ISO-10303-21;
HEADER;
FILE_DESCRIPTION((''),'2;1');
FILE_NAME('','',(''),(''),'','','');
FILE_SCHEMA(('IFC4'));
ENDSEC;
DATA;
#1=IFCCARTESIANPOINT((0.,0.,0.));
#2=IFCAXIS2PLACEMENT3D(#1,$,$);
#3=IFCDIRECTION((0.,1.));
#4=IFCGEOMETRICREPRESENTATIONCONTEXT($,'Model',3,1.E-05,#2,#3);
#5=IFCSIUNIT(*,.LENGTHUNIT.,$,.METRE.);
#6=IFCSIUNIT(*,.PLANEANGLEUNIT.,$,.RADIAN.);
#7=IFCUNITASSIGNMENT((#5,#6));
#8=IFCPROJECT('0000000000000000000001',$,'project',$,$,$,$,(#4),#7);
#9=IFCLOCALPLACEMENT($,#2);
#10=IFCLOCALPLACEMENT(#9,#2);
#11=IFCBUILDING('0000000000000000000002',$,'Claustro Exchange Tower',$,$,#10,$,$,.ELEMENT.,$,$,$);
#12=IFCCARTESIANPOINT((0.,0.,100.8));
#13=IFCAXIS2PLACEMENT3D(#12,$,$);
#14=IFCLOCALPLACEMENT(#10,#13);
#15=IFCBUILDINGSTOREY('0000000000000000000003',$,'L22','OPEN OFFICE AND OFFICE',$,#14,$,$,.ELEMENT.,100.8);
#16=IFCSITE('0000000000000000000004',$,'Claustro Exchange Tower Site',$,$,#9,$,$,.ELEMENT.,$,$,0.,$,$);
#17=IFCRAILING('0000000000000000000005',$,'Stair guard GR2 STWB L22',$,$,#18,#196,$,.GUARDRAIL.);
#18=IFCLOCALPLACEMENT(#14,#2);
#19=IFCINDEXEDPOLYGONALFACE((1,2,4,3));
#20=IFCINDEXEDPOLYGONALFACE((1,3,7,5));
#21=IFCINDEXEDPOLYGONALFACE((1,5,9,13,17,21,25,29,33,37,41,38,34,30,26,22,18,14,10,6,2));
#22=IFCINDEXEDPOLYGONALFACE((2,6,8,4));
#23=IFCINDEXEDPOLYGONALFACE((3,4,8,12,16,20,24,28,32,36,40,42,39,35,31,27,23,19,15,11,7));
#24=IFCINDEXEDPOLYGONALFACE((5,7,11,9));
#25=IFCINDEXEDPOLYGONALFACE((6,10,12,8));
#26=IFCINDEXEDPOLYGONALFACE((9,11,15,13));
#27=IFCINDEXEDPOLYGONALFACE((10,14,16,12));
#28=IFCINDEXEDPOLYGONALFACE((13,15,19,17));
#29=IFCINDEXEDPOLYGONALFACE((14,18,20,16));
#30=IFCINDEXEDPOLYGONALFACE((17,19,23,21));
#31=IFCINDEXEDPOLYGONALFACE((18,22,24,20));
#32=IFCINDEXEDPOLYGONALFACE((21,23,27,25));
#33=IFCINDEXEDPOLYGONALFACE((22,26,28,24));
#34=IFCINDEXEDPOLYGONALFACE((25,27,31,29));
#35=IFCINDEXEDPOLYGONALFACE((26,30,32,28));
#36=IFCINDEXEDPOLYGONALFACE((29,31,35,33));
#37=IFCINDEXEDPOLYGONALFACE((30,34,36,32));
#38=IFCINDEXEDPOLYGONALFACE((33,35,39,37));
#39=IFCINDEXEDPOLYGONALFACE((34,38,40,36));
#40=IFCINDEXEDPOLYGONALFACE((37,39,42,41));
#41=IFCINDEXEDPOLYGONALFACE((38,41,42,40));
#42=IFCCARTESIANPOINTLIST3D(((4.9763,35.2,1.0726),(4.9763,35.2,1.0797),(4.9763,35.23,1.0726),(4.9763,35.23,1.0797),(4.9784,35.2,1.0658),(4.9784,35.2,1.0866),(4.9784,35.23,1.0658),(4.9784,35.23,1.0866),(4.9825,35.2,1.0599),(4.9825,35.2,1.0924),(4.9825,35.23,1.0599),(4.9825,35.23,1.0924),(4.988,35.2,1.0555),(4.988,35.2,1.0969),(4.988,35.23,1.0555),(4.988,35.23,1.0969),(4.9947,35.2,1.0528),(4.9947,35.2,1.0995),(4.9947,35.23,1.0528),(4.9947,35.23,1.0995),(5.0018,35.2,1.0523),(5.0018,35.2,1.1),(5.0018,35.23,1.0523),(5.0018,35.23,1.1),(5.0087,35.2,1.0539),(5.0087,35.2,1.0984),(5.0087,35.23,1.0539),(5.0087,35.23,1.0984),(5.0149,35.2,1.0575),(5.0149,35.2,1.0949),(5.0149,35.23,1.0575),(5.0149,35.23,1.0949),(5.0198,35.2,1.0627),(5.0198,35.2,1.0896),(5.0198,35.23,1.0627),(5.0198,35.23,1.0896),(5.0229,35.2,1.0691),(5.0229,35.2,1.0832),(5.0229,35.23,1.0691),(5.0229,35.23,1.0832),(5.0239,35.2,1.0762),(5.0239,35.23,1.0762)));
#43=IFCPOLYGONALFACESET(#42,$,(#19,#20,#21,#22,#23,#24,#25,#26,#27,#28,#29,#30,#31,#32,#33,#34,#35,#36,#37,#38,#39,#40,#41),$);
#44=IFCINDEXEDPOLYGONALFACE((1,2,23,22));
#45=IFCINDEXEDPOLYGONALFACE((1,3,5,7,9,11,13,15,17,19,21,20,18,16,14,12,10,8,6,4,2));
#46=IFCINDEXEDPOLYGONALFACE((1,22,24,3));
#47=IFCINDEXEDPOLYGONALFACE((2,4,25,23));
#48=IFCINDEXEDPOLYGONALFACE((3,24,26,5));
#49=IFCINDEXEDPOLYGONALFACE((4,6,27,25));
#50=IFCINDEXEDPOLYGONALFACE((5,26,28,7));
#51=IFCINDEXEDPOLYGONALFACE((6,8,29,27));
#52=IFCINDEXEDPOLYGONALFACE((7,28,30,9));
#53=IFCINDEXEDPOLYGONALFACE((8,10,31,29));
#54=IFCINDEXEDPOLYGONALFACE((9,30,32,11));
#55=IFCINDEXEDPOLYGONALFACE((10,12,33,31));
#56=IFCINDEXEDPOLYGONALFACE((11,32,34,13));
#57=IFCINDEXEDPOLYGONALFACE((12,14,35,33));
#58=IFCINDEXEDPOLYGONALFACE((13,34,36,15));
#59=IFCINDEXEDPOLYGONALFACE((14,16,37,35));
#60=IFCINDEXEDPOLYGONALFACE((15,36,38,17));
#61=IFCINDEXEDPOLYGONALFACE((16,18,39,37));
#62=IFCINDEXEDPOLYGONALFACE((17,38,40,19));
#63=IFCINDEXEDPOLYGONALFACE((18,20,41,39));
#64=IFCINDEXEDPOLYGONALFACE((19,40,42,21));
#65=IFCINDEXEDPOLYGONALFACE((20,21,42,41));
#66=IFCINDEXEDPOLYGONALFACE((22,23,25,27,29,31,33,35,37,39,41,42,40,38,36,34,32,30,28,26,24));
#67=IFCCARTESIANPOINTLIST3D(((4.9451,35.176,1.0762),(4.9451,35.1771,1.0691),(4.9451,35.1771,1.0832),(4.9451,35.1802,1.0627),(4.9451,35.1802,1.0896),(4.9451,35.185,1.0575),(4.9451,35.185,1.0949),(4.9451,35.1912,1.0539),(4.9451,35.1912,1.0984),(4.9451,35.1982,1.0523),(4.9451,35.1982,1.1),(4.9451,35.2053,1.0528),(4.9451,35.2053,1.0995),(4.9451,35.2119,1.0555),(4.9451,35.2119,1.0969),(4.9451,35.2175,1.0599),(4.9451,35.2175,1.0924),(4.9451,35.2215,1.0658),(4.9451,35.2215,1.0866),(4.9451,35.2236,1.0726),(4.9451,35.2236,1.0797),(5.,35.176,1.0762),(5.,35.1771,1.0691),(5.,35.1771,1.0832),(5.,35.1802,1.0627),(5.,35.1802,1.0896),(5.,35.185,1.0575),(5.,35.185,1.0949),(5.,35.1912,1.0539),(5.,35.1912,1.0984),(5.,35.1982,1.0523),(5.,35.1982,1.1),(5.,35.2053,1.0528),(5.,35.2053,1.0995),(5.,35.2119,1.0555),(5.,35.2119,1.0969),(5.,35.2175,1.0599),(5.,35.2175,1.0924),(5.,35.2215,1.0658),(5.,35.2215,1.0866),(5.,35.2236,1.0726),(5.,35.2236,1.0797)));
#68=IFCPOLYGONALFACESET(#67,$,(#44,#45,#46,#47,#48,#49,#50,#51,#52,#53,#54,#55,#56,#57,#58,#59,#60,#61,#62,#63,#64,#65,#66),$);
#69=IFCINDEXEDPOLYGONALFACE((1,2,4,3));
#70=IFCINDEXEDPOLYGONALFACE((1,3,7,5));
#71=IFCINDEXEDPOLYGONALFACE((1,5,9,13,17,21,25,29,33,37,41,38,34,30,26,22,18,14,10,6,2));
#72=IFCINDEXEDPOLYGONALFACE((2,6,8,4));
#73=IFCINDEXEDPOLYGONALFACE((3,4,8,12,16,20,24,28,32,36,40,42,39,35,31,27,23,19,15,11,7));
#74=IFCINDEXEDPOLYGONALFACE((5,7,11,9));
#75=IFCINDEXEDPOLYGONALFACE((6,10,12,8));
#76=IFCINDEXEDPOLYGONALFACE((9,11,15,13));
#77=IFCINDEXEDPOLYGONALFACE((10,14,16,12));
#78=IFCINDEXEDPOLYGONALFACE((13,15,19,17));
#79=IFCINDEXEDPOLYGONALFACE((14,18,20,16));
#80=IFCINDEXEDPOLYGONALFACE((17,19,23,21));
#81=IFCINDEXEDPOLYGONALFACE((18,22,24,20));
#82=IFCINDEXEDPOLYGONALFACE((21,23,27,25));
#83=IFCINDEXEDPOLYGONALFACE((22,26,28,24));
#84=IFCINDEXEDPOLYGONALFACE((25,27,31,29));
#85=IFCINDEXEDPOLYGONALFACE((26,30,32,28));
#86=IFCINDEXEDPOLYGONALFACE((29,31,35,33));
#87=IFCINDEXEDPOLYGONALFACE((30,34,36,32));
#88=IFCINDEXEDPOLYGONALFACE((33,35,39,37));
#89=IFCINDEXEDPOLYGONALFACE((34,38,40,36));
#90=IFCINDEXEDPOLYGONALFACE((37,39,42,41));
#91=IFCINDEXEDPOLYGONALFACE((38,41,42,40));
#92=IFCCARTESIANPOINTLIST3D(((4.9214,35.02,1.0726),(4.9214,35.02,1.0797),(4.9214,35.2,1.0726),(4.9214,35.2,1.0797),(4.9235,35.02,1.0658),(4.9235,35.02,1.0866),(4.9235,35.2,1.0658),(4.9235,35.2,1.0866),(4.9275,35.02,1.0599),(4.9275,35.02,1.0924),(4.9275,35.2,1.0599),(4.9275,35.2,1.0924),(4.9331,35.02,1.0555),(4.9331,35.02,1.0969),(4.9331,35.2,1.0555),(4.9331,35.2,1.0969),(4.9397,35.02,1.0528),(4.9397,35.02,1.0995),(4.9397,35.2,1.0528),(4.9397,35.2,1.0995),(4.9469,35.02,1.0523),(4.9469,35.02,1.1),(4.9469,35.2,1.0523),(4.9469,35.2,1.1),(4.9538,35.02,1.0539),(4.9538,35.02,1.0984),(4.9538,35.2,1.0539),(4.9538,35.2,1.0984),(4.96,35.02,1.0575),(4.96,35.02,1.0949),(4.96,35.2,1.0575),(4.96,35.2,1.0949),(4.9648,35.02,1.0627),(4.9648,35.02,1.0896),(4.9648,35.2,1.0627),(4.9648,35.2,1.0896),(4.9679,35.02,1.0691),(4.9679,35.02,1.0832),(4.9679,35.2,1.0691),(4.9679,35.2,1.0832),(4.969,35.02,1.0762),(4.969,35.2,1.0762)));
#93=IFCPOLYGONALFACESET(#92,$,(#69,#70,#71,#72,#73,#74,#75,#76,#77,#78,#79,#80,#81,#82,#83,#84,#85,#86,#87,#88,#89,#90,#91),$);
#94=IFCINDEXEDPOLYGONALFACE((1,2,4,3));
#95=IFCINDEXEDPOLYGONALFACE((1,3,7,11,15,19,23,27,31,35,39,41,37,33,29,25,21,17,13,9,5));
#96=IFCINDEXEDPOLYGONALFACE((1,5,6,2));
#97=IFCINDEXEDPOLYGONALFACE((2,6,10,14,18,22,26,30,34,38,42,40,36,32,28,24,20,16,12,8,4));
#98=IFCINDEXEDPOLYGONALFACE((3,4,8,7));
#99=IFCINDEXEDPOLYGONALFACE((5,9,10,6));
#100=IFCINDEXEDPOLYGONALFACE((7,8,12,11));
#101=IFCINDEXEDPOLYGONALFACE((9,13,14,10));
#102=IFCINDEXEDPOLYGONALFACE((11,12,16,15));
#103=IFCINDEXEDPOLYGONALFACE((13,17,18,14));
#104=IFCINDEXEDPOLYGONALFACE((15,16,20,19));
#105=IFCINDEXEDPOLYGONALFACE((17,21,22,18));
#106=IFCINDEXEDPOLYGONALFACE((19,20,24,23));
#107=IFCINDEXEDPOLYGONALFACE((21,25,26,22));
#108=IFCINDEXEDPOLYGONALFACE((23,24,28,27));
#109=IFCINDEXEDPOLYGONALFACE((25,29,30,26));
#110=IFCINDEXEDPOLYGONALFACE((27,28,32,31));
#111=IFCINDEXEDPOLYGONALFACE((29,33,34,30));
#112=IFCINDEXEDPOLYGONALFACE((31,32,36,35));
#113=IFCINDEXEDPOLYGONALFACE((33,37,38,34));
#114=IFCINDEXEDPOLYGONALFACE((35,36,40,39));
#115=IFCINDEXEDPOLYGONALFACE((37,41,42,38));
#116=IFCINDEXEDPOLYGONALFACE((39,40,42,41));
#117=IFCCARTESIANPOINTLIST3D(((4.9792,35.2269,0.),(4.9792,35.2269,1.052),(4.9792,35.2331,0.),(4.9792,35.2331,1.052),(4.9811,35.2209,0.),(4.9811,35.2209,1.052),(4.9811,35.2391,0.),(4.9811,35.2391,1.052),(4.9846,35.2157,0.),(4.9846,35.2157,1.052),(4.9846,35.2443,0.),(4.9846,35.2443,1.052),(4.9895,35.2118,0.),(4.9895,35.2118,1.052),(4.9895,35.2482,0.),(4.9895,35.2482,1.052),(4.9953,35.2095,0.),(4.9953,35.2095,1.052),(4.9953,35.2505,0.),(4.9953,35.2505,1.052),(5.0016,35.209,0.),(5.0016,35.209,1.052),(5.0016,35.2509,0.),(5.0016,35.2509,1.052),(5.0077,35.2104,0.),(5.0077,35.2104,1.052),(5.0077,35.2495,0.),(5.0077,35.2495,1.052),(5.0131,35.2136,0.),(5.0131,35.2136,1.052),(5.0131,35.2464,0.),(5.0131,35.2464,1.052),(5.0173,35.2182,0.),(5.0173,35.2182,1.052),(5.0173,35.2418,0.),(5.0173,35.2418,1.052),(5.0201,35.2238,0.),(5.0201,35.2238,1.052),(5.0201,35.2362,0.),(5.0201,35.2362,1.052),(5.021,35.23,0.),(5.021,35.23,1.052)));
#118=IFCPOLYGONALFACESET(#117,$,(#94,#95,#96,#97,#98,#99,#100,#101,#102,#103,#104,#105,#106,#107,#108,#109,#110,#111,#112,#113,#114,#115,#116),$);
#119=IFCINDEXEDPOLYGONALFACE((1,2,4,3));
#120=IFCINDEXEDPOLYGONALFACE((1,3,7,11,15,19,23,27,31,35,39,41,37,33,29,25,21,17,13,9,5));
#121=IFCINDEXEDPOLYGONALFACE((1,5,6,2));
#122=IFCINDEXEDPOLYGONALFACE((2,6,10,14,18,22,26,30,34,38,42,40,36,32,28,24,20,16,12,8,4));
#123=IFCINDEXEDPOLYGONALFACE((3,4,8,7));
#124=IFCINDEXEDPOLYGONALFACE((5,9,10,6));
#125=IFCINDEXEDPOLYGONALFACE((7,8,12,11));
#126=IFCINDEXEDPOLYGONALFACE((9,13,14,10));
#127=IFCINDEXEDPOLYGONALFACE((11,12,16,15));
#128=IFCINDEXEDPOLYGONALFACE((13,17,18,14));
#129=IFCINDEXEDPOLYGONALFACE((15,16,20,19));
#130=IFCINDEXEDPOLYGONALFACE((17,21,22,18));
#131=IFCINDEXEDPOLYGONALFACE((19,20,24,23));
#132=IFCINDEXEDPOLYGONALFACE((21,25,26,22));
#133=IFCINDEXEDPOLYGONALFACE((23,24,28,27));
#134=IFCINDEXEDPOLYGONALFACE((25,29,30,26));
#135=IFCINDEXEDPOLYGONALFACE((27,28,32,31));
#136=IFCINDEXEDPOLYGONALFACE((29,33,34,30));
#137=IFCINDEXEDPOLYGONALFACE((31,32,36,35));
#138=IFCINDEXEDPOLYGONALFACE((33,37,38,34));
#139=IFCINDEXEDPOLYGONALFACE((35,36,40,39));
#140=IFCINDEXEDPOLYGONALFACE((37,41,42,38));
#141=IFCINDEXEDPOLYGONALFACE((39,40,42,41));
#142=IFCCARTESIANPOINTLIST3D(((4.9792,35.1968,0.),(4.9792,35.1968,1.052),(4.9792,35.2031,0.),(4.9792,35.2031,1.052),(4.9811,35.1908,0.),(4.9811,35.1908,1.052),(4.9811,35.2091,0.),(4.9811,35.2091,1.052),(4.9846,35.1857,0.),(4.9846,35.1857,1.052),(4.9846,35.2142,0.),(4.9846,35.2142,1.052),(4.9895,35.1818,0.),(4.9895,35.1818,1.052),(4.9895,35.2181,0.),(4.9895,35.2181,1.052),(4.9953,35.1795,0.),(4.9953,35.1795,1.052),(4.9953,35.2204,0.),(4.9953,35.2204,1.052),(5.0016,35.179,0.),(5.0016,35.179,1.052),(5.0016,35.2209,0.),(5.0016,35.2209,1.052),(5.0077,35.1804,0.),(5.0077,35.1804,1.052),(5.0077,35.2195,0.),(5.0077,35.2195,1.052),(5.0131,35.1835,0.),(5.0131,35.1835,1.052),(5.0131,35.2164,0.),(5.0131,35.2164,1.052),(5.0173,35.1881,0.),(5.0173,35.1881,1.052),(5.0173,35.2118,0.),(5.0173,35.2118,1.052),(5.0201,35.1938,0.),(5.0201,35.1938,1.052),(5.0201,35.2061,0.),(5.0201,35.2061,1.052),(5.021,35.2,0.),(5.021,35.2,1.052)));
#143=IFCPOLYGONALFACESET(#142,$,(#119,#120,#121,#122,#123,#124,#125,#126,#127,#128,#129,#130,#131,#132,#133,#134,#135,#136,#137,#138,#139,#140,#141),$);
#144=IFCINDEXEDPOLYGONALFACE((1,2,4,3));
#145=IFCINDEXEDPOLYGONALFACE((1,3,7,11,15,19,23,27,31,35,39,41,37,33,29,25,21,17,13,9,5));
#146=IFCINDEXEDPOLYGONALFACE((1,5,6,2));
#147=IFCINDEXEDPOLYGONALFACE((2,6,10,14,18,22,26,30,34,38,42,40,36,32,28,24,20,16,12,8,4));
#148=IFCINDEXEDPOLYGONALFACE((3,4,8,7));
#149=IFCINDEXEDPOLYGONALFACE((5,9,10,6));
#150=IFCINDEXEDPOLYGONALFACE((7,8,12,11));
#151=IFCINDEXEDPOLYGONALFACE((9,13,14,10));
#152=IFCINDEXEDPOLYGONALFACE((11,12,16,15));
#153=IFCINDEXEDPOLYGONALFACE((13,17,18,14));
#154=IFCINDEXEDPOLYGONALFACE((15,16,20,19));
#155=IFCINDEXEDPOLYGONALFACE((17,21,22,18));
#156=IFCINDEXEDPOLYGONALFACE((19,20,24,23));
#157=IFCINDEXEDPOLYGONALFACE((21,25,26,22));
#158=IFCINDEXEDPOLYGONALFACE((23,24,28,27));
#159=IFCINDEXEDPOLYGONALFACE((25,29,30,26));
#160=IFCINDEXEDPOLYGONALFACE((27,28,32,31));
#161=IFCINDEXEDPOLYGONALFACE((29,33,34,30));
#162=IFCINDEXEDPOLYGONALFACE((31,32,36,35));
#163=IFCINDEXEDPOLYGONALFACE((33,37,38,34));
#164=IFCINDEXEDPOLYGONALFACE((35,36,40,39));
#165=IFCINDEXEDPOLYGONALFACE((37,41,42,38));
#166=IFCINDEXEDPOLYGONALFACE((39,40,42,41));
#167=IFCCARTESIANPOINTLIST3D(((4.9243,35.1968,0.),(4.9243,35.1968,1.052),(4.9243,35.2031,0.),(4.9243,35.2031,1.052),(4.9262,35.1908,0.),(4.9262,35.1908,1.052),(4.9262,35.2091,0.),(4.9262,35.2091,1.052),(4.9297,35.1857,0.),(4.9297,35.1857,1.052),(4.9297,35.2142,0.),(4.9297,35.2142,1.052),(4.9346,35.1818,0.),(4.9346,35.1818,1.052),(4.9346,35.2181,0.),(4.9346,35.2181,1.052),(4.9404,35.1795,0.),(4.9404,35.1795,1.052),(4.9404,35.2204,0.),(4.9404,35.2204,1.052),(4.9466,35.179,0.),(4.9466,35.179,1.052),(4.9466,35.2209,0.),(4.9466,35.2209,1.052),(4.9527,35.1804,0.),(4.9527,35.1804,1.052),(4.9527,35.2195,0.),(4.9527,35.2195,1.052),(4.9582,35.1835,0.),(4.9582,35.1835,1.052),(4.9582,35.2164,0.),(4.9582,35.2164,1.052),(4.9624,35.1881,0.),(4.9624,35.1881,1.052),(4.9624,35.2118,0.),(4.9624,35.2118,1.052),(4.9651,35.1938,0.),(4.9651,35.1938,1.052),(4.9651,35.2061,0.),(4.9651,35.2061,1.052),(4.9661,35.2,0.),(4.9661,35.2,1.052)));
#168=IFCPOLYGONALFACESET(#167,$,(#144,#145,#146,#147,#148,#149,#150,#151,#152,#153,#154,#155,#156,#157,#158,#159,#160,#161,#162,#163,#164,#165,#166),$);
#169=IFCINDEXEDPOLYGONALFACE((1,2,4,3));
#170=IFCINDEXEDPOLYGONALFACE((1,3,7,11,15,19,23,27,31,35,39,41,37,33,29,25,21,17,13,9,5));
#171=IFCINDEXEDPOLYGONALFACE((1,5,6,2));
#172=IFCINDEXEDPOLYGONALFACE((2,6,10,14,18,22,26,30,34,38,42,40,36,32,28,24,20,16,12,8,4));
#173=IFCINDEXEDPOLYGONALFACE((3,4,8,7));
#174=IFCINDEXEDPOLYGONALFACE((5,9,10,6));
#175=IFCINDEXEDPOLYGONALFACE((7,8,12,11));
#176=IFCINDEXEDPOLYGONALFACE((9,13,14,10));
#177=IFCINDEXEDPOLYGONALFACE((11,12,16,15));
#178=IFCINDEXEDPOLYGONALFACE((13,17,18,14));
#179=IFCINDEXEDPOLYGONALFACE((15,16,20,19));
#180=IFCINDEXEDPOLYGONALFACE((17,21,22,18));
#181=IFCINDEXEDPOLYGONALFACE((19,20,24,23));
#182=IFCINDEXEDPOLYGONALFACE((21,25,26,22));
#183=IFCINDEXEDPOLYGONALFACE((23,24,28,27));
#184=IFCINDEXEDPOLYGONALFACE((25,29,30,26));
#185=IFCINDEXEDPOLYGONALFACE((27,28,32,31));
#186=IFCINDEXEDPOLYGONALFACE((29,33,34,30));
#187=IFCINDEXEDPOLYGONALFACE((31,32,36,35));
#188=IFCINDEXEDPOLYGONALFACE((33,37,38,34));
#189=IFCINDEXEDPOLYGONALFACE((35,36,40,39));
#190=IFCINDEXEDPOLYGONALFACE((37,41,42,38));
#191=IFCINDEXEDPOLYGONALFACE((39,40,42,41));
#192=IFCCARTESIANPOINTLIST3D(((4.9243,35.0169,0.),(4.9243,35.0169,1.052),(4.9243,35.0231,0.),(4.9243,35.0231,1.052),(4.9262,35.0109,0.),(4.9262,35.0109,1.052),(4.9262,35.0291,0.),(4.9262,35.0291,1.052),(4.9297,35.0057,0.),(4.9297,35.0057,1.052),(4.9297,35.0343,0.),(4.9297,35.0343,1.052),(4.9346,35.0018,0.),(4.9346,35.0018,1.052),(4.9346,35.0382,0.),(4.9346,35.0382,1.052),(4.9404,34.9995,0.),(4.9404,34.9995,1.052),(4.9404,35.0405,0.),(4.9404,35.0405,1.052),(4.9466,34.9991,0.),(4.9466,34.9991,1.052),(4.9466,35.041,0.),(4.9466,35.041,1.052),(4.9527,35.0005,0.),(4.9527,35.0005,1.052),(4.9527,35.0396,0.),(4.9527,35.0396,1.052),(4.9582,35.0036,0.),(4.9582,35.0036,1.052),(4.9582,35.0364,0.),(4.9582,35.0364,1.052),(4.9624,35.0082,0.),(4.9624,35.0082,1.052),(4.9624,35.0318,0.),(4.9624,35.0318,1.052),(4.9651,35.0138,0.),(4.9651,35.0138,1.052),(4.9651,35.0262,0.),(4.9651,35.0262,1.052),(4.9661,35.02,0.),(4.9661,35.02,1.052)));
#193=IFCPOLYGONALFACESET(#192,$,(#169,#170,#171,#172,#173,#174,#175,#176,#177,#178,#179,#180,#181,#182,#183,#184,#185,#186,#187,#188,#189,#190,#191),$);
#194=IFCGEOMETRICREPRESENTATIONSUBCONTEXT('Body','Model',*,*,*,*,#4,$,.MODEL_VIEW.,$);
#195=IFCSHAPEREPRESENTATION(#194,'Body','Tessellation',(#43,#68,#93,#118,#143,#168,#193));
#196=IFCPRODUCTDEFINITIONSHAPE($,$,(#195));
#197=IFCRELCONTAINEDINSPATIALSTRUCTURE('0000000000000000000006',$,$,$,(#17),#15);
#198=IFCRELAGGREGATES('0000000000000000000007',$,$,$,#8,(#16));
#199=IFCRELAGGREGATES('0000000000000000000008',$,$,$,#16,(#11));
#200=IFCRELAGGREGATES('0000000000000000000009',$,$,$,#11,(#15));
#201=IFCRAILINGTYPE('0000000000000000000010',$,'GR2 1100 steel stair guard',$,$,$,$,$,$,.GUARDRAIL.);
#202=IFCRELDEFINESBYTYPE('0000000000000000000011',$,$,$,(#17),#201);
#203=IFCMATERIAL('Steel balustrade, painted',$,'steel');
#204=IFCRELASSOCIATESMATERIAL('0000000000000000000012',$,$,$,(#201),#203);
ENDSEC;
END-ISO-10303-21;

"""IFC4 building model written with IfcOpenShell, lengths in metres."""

from ifc_helpers import new_model, si_unit, direction, frame, origin, origin_2d, place, context, subcontext, project, spatial, circle, extrude, material, type_object, element, save


model = new_model("IFC4")

# Units and contexts
model_context = context("Model", 3, precision=1e-05, world=origin(), true_north=direction((0.0, 1.0)))
body_context = subcontext(model_context, "Body", "Model", "MODEL_VIEW")
ifc_project = project(units=[si_unit("LENGTHUNIT", "METRE"), si_unit("PLANEANGLEUNIT", "RADIAN")], contexts=[model_context])

# Site, building, storey
site_placement = place(None, origin())
site = spatial("IfcSite", under=ifc_project, at=site_placement, Name="Claustro Exchange Tower Site", CompositionType="ELEMENT", RefElevation=0.0)
building_placement = place(site_placement, origin())
building = spatial("IfcBuilding", under=site, at=building_placement, Name="Claustro Exchange Tower", CompositionType="ELEMENT")
storey_placement = place(building_placement, frame((0.0, 0.0, 100.8)))
storey = spatial("IfcBuildingStorey", under=building, at=storey_placement, Name="L22", Description="OPEN OFFICE AND OFFICE", CompositionType="ELEMENT", Elevation=100.8)

# Railing
ifc_material_1 = material(Name="Steel balustrade, painted", Category="steel")
railing_type_1 = type_object("IfcRailingType", Name="GR2 1100 steel stair guard", PredefinedType="GUARDRAIL", material=ifc_material_1)
railing_1_placement = place(storey_placement, frame((5.0, 35.23, 0.0)))
element("IfcRailing", 1, at=railing_1_placement, inside=storey, type_object=railing_type_1, Name="Stair guard GR2 STWB L22", PredefinedType="GUARDRAIL", context=body_context, shape_type="SweptSolid", body=[
    extrude(circle(Radius=0.0239, at=origin_2d()), frame((0.0, 0.0, 1.0762), z_axis=(0.0, -1.0, 0.0), x_axis=(1.0, 0.0, 0.0)), (0.0, 0.0, 1.0), 0.03),
    extrude(circle(Radius=0.0239, at=origin_2d()), frame((0.0, -0.03, 1.0762), z_axis=(-1.0, 0.0, 0.0), x_axis=(0.0, -1.0, 0.0)), (0.0, 0.0, 1.0), 0.0549),
    extrude(circle(Radius=0.0239, at=origin_2d()), frame((-0.0549, -0.03, 1.0762), z_axis=(0.0, -1.0, 0.0), x_axis=(1.0, 0.0, 0.0)), (0.0, 0.0, 1.0), 0.1799),
    extrude(circle(Radius=0.021, at=origin_2d()), origin(), (0.0, 0.0, 1.0), 1.052),
    extrude(circle(Radius=0.021, at=origin_2d()), frame((0.0, -0.03, 0.0)), (0.0, 0.0, 1.0), 1.052),
    extrude(circle(Radius=0.021, at=origin_2d()), frame((-0.0549, -0.03, 0.0)), (0.0, 0.0, 1.0), 1.052),
    extrude(circle(Radius=0.021, at=origin_2d()), frame((-0.0549, -0.21, 0.0)), (0.0, 0.0, 1.0), 1.052),
])

save(model, "model.ifc")
